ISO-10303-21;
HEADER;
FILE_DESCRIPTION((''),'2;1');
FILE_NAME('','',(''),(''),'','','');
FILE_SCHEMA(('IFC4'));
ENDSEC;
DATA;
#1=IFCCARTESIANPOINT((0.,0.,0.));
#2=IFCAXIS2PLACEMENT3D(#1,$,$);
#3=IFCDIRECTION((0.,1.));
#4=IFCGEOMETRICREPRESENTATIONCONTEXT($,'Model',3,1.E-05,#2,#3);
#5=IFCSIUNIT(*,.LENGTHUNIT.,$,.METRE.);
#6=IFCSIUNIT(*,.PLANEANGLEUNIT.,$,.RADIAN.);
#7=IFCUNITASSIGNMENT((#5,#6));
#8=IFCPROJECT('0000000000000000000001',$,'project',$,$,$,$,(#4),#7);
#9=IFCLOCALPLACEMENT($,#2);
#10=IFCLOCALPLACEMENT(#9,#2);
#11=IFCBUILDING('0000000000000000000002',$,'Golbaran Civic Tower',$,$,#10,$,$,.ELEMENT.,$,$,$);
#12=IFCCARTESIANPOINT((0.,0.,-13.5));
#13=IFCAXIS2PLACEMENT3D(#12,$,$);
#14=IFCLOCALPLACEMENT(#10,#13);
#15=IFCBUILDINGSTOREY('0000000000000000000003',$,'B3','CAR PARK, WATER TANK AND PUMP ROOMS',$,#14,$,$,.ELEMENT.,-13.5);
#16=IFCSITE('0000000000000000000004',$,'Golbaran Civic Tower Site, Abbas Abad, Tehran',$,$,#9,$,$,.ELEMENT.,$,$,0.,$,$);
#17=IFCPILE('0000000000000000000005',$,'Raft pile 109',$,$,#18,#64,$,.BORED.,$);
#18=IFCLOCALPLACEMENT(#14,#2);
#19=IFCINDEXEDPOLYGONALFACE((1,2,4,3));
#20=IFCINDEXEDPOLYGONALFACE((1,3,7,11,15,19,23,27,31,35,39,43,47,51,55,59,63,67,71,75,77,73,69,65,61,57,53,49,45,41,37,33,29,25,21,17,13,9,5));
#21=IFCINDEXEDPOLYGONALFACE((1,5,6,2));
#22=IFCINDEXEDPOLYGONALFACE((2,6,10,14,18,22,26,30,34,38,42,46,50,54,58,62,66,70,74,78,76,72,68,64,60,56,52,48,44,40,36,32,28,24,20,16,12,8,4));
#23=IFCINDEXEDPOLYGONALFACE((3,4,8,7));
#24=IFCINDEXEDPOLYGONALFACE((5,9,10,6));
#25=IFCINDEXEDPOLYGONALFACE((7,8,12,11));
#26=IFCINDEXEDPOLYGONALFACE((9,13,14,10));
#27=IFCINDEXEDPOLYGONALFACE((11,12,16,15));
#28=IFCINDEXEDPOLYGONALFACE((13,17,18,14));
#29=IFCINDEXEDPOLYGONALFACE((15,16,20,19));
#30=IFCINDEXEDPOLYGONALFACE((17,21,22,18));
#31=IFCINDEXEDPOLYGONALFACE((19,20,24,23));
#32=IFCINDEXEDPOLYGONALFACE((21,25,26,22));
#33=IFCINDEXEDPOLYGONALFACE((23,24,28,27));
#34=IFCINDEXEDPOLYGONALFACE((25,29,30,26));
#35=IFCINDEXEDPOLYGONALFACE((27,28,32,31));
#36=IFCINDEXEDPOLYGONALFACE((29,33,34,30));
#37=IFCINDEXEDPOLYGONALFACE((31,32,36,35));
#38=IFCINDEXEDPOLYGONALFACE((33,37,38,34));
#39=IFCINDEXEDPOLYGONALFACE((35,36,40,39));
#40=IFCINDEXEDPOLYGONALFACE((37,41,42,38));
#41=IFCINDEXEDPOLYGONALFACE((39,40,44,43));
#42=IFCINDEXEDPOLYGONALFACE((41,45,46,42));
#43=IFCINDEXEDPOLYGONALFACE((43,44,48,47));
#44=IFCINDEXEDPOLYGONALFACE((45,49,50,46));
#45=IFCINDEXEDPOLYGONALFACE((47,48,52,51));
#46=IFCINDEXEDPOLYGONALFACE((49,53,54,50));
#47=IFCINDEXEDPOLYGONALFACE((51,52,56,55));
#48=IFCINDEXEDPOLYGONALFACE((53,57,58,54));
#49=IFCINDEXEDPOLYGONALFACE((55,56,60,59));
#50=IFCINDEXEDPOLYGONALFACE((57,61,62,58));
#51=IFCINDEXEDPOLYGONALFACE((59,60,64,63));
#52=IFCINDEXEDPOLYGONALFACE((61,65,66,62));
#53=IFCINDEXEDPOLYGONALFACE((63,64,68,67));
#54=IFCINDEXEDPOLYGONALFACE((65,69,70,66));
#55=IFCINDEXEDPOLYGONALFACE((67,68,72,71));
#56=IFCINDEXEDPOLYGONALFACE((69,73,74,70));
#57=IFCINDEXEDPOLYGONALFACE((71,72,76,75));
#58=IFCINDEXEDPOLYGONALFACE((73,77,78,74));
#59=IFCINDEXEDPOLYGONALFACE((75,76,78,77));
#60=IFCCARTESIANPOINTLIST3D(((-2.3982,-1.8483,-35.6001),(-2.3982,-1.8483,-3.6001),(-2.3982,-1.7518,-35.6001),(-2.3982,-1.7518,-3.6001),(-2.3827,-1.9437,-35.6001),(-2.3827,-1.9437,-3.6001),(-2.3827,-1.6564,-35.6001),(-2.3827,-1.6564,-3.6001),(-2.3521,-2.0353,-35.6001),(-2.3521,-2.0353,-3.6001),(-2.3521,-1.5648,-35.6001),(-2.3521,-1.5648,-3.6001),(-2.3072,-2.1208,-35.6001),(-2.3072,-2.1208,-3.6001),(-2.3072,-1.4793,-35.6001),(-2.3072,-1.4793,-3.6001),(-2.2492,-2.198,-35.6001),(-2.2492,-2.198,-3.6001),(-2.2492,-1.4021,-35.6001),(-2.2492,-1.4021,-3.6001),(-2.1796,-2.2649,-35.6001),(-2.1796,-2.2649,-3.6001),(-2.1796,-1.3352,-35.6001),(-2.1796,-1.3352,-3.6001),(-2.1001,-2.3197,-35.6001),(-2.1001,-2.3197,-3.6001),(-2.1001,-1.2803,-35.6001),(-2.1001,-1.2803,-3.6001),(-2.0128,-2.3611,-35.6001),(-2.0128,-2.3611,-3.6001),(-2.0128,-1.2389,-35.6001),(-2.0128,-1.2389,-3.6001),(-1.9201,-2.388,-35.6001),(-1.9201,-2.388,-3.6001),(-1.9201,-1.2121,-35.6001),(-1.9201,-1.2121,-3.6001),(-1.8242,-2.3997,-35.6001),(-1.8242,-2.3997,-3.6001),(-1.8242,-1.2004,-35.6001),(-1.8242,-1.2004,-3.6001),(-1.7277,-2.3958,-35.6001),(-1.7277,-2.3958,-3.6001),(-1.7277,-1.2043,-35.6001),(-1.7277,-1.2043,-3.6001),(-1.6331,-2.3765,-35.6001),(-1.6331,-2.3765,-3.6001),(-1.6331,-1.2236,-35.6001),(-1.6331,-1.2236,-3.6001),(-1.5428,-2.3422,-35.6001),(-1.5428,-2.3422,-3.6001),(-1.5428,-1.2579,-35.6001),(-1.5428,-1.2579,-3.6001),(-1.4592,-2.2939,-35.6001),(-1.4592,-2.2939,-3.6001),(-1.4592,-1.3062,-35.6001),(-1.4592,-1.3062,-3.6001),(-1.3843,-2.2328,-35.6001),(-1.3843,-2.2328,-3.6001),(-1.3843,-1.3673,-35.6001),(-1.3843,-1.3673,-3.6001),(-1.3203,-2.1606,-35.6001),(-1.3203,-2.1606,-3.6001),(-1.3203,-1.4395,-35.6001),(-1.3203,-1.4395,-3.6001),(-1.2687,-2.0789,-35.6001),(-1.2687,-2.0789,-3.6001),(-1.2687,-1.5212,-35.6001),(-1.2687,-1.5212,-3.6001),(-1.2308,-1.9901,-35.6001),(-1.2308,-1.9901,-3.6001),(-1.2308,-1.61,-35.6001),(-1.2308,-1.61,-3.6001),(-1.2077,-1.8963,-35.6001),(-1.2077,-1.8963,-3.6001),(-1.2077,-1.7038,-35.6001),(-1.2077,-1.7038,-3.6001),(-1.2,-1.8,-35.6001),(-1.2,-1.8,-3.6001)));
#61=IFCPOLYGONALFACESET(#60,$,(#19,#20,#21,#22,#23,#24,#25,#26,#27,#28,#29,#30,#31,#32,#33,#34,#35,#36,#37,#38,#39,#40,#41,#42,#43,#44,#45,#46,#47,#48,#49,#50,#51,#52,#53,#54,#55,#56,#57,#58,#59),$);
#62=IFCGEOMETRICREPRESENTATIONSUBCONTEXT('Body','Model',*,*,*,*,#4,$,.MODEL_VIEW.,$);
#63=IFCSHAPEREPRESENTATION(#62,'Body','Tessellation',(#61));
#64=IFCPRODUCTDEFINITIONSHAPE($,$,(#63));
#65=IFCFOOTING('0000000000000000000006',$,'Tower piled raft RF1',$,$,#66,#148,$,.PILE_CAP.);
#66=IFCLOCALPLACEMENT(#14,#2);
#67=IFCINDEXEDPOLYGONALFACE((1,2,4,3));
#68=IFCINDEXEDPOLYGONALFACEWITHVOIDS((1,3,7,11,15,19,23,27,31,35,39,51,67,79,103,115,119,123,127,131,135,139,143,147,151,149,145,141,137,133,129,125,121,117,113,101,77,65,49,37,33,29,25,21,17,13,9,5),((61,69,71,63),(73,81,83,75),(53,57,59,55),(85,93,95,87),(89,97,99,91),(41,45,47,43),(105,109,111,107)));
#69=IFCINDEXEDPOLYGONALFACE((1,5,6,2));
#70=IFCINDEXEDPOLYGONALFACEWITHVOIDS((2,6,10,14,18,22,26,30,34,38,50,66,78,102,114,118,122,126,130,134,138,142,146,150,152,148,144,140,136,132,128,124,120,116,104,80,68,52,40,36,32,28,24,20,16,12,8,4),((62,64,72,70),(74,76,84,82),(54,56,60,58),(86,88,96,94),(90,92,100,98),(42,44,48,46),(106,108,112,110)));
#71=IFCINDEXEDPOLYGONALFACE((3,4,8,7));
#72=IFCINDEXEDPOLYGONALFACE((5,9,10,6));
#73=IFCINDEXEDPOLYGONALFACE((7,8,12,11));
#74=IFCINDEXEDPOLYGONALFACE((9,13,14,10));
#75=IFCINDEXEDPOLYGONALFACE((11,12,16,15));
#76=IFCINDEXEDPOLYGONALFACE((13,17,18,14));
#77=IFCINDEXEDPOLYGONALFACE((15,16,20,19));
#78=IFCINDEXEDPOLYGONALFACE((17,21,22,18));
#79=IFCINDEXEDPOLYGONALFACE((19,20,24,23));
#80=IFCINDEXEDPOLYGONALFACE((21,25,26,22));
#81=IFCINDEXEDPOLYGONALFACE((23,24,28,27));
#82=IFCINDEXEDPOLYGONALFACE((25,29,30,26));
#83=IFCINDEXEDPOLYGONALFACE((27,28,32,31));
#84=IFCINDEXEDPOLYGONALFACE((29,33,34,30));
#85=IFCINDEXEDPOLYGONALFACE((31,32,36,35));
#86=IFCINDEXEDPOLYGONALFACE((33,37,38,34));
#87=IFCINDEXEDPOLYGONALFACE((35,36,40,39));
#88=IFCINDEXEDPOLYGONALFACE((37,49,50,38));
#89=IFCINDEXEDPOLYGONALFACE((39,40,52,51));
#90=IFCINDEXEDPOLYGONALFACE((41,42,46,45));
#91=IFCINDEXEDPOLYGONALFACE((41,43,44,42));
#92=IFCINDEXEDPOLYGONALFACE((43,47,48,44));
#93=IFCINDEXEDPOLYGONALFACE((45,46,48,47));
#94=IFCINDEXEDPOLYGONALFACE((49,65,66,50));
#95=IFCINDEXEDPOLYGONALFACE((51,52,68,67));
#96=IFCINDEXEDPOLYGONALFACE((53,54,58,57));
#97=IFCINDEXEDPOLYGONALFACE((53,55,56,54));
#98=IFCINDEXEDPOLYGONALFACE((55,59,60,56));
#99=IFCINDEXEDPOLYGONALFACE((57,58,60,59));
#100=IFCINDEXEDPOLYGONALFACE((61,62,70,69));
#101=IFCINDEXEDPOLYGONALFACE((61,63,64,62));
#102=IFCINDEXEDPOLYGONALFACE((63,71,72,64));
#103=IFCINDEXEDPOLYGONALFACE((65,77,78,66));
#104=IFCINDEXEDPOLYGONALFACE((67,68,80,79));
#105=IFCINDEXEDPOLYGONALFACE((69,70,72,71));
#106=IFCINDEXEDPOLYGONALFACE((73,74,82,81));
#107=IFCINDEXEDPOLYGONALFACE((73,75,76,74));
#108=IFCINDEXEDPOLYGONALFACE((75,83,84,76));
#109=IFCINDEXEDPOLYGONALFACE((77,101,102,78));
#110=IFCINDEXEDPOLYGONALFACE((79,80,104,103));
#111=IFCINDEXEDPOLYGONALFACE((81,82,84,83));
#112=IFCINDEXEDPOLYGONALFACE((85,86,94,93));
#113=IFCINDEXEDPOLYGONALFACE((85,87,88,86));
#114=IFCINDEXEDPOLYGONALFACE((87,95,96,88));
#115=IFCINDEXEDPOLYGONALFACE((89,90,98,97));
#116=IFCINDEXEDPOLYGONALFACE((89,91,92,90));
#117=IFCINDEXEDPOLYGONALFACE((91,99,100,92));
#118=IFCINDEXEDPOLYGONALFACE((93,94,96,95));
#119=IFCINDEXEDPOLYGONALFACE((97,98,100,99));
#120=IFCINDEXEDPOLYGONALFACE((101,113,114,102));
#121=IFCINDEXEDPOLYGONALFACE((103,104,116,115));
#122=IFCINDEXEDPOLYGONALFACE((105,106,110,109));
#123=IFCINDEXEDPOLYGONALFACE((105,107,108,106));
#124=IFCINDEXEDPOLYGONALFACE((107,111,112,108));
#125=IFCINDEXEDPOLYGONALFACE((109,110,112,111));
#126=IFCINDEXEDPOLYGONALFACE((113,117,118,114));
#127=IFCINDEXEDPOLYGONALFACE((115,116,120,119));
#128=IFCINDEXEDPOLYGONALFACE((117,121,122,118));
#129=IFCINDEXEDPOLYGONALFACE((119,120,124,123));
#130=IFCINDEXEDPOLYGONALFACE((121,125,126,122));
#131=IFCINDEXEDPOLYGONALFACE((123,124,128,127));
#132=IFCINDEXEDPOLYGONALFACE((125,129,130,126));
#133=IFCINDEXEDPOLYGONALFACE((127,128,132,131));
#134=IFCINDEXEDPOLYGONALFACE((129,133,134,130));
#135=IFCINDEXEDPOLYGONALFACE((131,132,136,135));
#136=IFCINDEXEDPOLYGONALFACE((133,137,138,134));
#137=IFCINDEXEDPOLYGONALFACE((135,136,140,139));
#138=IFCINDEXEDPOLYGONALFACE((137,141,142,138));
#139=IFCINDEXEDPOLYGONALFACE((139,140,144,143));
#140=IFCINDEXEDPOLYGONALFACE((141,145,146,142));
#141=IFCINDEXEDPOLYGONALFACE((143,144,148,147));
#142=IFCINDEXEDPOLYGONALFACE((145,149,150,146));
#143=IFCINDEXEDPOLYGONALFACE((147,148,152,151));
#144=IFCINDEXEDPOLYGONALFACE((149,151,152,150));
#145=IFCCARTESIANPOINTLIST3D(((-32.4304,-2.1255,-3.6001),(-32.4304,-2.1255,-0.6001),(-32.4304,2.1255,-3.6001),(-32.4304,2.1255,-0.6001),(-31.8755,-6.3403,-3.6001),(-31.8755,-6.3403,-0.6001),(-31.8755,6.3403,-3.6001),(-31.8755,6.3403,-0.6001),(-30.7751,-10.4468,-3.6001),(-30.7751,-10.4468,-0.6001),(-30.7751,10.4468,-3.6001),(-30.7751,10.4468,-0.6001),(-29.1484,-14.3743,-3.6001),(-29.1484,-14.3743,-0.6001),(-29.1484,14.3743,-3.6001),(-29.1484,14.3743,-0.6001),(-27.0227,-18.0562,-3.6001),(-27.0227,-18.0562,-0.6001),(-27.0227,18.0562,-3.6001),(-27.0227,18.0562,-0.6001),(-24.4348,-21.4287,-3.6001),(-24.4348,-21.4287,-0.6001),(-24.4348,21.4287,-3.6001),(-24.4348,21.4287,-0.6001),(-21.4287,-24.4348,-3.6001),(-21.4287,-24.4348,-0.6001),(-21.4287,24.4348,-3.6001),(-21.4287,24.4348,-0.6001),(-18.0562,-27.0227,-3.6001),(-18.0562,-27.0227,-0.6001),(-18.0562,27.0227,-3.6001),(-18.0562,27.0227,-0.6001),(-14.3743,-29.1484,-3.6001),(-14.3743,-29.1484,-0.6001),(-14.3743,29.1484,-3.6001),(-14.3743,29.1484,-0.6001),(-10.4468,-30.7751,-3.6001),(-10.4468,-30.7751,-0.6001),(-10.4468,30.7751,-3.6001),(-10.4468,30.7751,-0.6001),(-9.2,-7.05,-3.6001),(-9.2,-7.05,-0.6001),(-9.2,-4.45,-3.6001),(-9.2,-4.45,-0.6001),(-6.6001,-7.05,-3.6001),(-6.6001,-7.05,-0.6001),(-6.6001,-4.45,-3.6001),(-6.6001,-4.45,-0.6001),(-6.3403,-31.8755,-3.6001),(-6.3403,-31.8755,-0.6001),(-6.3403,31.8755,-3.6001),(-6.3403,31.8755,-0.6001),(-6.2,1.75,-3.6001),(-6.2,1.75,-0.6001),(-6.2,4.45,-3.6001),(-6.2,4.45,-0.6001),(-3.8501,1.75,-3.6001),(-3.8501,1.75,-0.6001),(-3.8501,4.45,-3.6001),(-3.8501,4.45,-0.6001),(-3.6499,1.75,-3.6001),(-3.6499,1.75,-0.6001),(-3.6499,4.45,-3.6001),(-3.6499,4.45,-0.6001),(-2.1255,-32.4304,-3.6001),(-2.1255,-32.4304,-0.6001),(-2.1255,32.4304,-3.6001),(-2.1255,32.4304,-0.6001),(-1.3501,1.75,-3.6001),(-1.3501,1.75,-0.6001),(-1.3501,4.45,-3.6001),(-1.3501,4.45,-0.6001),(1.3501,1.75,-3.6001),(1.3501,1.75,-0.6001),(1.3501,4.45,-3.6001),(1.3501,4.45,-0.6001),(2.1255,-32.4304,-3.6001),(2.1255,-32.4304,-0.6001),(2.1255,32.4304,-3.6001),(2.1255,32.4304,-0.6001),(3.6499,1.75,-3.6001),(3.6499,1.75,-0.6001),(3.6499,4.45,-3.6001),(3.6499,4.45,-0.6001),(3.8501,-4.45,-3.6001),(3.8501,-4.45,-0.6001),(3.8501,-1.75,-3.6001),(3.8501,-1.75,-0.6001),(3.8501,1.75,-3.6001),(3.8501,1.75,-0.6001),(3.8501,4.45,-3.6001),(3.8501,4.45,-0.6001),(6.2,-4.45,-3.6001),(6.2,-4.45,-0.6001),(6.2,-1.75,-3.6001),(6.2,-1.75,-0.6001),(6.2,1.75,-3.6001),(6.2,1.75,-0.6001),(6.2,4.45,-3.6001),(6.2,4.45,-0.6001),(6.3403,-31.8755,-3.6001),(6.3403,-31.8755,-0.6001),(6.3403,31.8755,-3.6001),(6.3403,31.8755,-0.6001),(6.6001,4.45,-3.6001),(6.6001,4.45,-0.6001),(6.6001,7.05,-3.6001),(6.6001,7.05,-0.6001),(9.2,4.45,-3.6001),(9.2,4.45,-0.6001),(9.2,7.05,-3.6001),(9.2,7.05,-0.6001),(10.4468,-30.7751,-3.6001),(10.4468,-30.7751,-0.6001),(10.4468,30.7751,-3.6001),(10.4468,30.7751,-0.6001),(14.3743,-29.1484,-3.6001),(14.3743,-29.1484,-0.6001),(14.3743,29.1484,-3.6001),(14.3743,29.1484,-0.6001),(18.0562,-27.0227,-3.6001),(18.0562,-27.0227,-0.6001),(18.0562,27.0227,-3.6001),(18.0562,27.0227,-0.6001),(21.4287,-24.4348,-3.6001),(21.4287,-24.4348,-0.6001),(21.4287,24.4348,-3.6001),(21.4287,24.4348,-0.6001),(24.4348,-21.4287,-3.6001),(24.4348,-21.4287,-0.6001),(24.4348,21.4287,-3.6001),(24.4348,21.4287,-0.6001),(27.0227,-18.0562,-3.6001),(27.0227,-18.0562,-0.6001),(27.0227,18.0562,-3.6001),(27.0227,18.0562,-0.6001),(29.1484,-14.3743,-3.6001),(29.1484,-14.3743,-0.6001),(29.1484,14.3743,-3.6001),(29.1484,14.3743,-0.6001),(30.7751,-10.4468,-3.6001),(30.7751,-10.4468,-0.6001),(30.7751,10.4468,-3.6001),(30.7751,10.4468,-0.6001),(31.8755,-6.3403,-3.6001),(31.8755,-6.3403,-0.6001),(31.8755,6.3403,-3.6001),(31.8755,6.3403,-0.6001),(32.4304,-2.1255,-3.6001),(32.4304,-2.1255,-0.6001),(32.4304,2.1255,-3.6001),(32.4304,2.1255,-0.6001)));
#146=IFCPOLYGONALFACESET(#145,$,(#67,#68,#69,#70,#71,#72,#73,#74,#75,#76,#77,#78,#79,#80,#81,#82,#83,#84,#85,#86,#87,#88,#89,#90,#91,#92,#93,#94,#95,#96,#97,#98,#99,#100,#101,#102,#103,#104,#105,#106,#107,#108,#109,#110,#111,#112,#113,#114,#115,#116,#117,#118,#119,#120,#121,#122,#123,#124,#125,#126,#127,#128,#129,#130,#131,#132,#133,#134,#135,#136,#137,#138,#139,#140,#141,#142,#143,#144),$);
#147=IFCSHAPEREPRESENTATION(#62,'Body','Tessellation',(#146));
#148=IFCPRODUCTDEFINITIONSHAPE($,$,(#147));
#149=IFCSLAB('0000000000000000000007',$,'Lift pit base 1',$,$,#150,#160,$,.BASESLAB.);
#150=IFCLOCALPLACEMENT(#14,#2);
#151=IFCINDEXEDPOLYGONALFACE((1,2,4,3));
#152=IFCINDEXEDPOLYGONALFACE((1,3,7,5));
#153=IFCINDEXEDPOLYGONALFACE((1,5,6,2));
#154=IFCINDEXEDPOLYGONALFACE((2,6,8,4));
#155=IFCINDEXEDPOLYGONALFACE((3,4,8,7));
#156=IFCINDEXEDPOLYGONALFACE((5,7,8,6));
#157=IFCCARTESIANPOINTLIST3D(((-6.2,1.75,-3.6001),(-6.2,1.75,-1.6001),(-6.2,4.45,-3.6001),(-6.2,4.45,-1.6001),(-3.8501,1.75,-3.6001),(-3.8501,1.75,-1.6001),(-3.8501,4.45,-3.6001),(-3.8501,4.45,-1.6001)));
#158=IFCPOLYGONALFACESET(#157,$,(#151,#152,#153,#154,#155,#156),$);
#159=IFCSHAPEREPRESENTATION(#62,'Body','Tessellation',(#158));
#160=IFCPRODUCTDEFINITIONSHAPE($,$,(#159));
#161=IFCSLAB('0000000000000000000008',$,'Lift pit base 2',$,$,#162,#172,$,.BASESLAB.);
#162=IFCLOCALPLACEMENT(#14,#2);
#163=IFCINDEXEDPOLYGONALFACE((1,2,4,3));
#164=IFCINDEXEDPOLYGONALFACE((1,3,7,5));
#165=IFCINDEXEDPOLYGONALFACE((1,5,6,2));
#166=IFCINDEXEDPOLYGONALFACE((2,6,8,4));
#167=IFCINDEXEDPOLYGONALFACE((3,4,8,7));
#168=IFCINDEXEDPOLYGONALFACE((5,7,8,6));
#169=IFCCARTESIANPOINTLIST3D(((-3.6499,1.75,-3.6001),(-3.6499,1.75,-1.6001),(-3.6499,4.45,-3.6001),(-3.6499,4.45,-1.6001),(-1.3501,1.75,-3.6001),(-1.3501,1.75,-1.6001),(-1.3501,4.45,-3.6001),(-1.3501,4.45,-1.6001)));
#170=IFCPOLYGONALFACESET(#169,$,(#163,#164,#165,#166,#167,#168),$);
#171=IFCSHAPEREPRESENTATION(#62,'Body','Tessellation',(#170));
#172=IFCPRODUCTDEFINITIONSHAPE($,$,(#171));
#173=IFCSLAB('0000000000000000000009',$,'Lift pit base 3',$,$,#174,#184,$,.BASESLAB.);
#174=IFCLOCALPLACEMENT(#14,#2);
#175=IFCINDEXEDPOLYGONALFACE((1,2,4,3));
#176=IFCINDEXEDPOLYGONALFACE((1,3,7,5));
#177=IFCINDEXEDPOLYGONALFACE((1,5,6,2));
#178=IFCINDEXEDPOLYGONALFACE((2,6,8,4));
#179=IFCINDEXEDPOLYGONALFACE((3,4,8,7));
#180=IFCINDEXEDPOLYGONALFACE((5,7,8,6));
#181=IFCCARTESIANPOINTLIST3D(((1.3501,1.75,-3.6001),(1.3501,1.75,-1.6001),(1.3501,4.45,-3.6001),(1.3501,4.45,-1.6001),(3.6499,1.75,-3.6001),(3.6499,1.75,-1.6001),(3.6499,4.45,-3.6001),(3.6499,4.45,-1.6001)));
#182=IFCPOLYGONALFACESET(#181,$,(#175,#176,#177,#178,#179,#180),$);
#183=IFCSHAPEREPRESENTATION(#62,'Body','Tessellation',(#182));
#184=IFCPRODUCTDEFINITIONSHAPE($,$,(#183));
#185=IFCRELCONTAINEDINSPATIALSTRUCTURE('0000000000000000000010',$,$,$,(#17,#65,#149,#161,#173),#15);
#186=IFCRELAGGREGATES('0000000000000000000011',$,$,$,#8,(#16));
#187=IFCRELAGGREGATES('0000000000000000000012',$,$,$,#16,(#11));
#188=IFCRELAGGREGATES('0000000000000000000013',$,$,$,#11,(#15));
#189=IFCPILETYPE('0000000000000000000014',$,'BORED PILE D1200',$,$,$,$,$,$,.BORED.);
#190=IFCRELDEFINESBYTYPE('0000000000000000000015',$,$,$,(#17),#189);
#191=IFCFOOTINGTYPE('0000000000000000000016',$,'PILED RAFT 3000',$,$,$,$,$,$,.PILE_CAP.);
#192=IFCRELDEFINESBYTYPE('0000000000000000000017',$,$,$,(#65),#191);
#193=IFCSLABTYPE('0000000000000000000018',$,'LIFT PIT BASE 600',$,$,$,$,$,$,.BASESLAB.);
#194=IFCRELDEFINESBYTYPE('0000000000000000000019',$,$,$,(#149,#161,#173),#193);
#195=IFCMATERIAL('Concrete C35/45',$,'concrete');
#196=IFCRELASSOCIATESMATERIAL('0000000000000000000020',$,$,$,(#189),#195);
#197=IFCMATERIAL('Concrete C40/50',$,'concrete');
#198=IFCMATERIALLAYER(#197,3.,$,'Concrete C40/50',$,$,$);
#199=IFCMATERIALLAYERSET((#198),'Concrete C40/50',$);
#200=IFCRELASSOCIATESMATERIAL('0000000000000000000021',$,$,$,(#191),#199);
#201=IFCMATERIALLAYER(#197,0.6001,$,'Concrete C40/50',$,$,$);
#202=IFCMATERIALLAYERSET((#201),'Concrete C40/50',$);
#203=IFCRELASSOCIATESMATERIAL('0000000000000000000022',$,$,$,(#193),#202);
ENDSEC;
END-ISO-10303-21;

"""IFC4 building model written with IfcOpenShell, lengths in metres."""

from ifc_helpers import new_model, si_unit, direction, frame, origin, origin_2d, place, context, subcontext, project, spatial, polyline, circle, outline, extrude, material, layer, layer_set, material_profile, profile_set, type_object, element, save


model = new_model("IFC4")

# Units and contexts
model_context = context("Model", 3, precision=1e-05, world=origin(), true_north=direction((0.0, 1.0)))
body_context = subcontext(model_context, "Body", "Model", "MODEL_VIEW")
ifc_project = project(units=[si_unit("LENGTHUNIT", "METRE"), si_unit("PLANEANGLEUNIT", "RADIAN")], contexts=[model_context])

# Site, building, storey
site_placement = place(None, origin())
site = spatial("IfcSite", under=ifc_project, at=site_placement, Name="Golbaran Civic Tower Site, Abbas Abad, Tehran", CompositionType="ELEMENT", RefElevation=0.0)
building_placement = place(site_placement, origin())
building = spatial("IfcBuilding", under=site, at=building_placement, Name="Golbaran Civic Tower", CompositionType="ELEMENT")
storey_placement = place(building_placement, frame((0.0, 0.0, -13.5)))
storey = spatial("IfcBuildingStorey", under=building, at=storey_placement, Name="B3", Description="CAR PARK, WATER TANK AND PUMP ROOMS", CompositionType="ELEMENT", Elevation=-13.5)

# Pile
ifc_material_1 = material(Name="Concrete C35/45", Category="concrete")
ifc_material_profile = material_profile(ifc_material_1, circle(Radius=0.6001, at=origin_2d()), Name="BORED PILE D1200")
ifc_profile_set = profile_set([ifc_material_profile], Name="Concrete C35/45")
pile_type = type_object("IfcPileType", Name="BORED PILE D1200", PredefinedType="BORED", material=ifc_profile_set)
for number, where, z_axis, x_axis, name in (
    (1, (-1.8, -1.8, -3.6001), (0.0, 0.0, -1.0), (1.0, 0.0, 0.0), "Raft pile 109"),
):
    element("IfcPile", number, at=place(storey_placement, frame(where, z_axis=z_axis, x_axis=x_axis)), inside=storey, type_object=pile_type, Name=name, PredefinedType="BORED", context=body_context, shape_type="SweptSolid", body=[
        extrude(circle(Radius=0.6001, at=origin_2d()), origin(), (0.0, 0.0, 1.0), 32.0),
    ])

# Footing
ifc_material_2 = material(Name="Concrete C40/50", Category="concrete")
ifc_layer_1 = layer(ifc_material_2, 3.0, Name="Concrete C40/50")
ifc_layer_set_1 = layer_set([ifc_layer_1], Name="Concrete C40/50")
footing_type = type_object("IfcFootingType", Name="PILED RAFT 3000", PredefinedType="PILE_CAP", material=ifc_layer_set_1)
footing_placement = place(storey_placement, frame((0.0, 0.0, -3.6001)))
element("IfcFooting", 2, at=footing_placement, inside=storey, type_object=footing_type, Name="Tower piled raft RF1", PredefinedType="PILE_CAP", context=body_context, shape_type="SweptSolid", body=[
    extrude(outline(polyline([(32.4304, 2.1255), (31.8755, 6.3403), (30.7751, 10.4468), (29.1484, 14.3743), (27.0227, 18.0562), (24.4348, 21.4287), (21.4287, 24.4348), (18.0562, 27.0227), (14.3743, 29.1484), (10.4468, 30.7751), (6.3403, 31.8755), (2.1255, 32.4304), (-2.1255, 32.4304), (-6.3403, 31.8755), (-10.4468, 30.7751), (-14.3743, 29.1484), (-18.0562, 27.0227), (-21.4287, 24.4348), (-24.4348, 21.4287), (-27.0227, 18.0562), (-29.1484, 14.3743), (-30.7751, 10.4468), (-31.8755, 6.3403), (-32.4304, 2.1255), (-32.4304, -2.1255), (-31.8755, -6.3403), (-30.7751, -10.4468), (-29.1484, -14.3743), (-27.0227, -18.0562), (-24.4348, -21.4287), (-21.4287, -24.4348), (-18.0562, -27.0227), (-14.3743, -29.1484), (-10.4468, -30.7751), (-6.3403, -31.8755), (-2.1255, -32.4304), (2.1255, -32.4304), (6.3403, -31.8755), (10.4468, -30.7751), (14.3743, -29.1484), (18.0562, -27.0227), (21.4287, -24.4348), (24.4348, -21.4287), (27.0227, -18.0562), (29.1484, -14.3743), (30.7751, -10.4468), (31.8755, -6.3403), (32.4304, -2.1255), (32.4304, 2.1255)]), holes=[polyline([(-6.2, 1.75), (-3.8501, 1.75), (-3.8501, 4.45), (-6.2, 4.45), (-6.2, 1.75)]), polyline([(-3.6499, 1.75), (-1.3501, 1.75), (-1.3501, 4.45), (-3.6499, 4.45), (-3.6499, 1.75)]), polyline([(1.3501, 1.75), (3.6499, 1.75), (3.6499, 4.45), (1.3501, 4.45), (1.3501, 1.75)]), polyline([(3.8501, 1.75), (6.2, 1.75), (6.2, 4.45), (3.8501, 4.45), (3.8501, 1.75)]), polyline([(3.8501, -4.45), (6.2, -4.45), (6.2, -1.75), (3.8501, -1.75), (3.8501, -4.45)]), polyline([(-9.2, -7.05), (-6.6001, -7.05), (-6.6001, -4.45), (-9.2, -4.45), (-9.2, -7.05)]), polyline([(6.6001, 4.45), (9.2, 4.45), (9.2, 7.05), (6.6001, 7.05), (6.6001, 4.45)])]), origin(), (0.0, 0.0, 1.0), 3.0),
])

# Slabs
ifc_layer_2 = layer(ifc_material_2, 0.6001, Name="Concrete C40/50")
ifc_layer_set_2 = layer_set([ifc_layer_2], Name="Concrete C40/50")
slab_type = type_object("IfcSlabType", Name="LIFT PIT BASE 600", PredefinedType="BASESLAB", material=ifc_layer_set_2)
slab_1_placement = place(storey_placement, frame((0.0, 0.0, -3.6001)))
element("IfcSlab", 3, at=slab_1_placement, inside=storey, type_object=slab_type, Name="Lift pit base 1", PredefinedType="BASESLAB", context=body_context, shape_type="SweptSolid", body=[
    extrude(outline(polyline([(-6.2, 1.75), (-3.8501, 1.75), (-3.8501, 4.45), (-6.2, 4.45), (-6.2, 1.75)])), origin(), (0.0, 0.0, 1.0), 2.0),
])
slab_2_placement = place(storey_placement, frame((0.0, 0.0, -3.6001)))
element("IfcSlab", 4, at=slab_2_placement, inside=storey, type_object=slab_type, Name="Lift pit base 2", PredefinedType="BASESLAB", context=body_context, shape_type="SweptSolid", body=[
    extrude(outline(polyline([(-3.6499, 1.75), (-1.3501, 1.75), (-1.3501, 4.45), (-3.6499, 4.45), (-3.6499, 1.75)])), origin(), (0.0, 0.0, 1.0), 2.0),
])
slab_3_placement = place(storey_placement, frame((0.0, 0.0, -3.6001)))
element("IfcSlab", 5, at=slab_3_placement, inside=storey, type_object=slab_type, Name="Lift pit base 3", PredefinedType="BASESLAB", context=body_context, shape_type="SweptSolid", body=[
    extrude(outline(polyline([(1.3501, 1.75), (3.6499, 1.75), (3.6499, 4.45), (1.3501, 4.45), (1.3501, 1.75)])), origin(), (0.0, 0.0, 1.0), 2.0),
])

save(model, "model.ifc")
